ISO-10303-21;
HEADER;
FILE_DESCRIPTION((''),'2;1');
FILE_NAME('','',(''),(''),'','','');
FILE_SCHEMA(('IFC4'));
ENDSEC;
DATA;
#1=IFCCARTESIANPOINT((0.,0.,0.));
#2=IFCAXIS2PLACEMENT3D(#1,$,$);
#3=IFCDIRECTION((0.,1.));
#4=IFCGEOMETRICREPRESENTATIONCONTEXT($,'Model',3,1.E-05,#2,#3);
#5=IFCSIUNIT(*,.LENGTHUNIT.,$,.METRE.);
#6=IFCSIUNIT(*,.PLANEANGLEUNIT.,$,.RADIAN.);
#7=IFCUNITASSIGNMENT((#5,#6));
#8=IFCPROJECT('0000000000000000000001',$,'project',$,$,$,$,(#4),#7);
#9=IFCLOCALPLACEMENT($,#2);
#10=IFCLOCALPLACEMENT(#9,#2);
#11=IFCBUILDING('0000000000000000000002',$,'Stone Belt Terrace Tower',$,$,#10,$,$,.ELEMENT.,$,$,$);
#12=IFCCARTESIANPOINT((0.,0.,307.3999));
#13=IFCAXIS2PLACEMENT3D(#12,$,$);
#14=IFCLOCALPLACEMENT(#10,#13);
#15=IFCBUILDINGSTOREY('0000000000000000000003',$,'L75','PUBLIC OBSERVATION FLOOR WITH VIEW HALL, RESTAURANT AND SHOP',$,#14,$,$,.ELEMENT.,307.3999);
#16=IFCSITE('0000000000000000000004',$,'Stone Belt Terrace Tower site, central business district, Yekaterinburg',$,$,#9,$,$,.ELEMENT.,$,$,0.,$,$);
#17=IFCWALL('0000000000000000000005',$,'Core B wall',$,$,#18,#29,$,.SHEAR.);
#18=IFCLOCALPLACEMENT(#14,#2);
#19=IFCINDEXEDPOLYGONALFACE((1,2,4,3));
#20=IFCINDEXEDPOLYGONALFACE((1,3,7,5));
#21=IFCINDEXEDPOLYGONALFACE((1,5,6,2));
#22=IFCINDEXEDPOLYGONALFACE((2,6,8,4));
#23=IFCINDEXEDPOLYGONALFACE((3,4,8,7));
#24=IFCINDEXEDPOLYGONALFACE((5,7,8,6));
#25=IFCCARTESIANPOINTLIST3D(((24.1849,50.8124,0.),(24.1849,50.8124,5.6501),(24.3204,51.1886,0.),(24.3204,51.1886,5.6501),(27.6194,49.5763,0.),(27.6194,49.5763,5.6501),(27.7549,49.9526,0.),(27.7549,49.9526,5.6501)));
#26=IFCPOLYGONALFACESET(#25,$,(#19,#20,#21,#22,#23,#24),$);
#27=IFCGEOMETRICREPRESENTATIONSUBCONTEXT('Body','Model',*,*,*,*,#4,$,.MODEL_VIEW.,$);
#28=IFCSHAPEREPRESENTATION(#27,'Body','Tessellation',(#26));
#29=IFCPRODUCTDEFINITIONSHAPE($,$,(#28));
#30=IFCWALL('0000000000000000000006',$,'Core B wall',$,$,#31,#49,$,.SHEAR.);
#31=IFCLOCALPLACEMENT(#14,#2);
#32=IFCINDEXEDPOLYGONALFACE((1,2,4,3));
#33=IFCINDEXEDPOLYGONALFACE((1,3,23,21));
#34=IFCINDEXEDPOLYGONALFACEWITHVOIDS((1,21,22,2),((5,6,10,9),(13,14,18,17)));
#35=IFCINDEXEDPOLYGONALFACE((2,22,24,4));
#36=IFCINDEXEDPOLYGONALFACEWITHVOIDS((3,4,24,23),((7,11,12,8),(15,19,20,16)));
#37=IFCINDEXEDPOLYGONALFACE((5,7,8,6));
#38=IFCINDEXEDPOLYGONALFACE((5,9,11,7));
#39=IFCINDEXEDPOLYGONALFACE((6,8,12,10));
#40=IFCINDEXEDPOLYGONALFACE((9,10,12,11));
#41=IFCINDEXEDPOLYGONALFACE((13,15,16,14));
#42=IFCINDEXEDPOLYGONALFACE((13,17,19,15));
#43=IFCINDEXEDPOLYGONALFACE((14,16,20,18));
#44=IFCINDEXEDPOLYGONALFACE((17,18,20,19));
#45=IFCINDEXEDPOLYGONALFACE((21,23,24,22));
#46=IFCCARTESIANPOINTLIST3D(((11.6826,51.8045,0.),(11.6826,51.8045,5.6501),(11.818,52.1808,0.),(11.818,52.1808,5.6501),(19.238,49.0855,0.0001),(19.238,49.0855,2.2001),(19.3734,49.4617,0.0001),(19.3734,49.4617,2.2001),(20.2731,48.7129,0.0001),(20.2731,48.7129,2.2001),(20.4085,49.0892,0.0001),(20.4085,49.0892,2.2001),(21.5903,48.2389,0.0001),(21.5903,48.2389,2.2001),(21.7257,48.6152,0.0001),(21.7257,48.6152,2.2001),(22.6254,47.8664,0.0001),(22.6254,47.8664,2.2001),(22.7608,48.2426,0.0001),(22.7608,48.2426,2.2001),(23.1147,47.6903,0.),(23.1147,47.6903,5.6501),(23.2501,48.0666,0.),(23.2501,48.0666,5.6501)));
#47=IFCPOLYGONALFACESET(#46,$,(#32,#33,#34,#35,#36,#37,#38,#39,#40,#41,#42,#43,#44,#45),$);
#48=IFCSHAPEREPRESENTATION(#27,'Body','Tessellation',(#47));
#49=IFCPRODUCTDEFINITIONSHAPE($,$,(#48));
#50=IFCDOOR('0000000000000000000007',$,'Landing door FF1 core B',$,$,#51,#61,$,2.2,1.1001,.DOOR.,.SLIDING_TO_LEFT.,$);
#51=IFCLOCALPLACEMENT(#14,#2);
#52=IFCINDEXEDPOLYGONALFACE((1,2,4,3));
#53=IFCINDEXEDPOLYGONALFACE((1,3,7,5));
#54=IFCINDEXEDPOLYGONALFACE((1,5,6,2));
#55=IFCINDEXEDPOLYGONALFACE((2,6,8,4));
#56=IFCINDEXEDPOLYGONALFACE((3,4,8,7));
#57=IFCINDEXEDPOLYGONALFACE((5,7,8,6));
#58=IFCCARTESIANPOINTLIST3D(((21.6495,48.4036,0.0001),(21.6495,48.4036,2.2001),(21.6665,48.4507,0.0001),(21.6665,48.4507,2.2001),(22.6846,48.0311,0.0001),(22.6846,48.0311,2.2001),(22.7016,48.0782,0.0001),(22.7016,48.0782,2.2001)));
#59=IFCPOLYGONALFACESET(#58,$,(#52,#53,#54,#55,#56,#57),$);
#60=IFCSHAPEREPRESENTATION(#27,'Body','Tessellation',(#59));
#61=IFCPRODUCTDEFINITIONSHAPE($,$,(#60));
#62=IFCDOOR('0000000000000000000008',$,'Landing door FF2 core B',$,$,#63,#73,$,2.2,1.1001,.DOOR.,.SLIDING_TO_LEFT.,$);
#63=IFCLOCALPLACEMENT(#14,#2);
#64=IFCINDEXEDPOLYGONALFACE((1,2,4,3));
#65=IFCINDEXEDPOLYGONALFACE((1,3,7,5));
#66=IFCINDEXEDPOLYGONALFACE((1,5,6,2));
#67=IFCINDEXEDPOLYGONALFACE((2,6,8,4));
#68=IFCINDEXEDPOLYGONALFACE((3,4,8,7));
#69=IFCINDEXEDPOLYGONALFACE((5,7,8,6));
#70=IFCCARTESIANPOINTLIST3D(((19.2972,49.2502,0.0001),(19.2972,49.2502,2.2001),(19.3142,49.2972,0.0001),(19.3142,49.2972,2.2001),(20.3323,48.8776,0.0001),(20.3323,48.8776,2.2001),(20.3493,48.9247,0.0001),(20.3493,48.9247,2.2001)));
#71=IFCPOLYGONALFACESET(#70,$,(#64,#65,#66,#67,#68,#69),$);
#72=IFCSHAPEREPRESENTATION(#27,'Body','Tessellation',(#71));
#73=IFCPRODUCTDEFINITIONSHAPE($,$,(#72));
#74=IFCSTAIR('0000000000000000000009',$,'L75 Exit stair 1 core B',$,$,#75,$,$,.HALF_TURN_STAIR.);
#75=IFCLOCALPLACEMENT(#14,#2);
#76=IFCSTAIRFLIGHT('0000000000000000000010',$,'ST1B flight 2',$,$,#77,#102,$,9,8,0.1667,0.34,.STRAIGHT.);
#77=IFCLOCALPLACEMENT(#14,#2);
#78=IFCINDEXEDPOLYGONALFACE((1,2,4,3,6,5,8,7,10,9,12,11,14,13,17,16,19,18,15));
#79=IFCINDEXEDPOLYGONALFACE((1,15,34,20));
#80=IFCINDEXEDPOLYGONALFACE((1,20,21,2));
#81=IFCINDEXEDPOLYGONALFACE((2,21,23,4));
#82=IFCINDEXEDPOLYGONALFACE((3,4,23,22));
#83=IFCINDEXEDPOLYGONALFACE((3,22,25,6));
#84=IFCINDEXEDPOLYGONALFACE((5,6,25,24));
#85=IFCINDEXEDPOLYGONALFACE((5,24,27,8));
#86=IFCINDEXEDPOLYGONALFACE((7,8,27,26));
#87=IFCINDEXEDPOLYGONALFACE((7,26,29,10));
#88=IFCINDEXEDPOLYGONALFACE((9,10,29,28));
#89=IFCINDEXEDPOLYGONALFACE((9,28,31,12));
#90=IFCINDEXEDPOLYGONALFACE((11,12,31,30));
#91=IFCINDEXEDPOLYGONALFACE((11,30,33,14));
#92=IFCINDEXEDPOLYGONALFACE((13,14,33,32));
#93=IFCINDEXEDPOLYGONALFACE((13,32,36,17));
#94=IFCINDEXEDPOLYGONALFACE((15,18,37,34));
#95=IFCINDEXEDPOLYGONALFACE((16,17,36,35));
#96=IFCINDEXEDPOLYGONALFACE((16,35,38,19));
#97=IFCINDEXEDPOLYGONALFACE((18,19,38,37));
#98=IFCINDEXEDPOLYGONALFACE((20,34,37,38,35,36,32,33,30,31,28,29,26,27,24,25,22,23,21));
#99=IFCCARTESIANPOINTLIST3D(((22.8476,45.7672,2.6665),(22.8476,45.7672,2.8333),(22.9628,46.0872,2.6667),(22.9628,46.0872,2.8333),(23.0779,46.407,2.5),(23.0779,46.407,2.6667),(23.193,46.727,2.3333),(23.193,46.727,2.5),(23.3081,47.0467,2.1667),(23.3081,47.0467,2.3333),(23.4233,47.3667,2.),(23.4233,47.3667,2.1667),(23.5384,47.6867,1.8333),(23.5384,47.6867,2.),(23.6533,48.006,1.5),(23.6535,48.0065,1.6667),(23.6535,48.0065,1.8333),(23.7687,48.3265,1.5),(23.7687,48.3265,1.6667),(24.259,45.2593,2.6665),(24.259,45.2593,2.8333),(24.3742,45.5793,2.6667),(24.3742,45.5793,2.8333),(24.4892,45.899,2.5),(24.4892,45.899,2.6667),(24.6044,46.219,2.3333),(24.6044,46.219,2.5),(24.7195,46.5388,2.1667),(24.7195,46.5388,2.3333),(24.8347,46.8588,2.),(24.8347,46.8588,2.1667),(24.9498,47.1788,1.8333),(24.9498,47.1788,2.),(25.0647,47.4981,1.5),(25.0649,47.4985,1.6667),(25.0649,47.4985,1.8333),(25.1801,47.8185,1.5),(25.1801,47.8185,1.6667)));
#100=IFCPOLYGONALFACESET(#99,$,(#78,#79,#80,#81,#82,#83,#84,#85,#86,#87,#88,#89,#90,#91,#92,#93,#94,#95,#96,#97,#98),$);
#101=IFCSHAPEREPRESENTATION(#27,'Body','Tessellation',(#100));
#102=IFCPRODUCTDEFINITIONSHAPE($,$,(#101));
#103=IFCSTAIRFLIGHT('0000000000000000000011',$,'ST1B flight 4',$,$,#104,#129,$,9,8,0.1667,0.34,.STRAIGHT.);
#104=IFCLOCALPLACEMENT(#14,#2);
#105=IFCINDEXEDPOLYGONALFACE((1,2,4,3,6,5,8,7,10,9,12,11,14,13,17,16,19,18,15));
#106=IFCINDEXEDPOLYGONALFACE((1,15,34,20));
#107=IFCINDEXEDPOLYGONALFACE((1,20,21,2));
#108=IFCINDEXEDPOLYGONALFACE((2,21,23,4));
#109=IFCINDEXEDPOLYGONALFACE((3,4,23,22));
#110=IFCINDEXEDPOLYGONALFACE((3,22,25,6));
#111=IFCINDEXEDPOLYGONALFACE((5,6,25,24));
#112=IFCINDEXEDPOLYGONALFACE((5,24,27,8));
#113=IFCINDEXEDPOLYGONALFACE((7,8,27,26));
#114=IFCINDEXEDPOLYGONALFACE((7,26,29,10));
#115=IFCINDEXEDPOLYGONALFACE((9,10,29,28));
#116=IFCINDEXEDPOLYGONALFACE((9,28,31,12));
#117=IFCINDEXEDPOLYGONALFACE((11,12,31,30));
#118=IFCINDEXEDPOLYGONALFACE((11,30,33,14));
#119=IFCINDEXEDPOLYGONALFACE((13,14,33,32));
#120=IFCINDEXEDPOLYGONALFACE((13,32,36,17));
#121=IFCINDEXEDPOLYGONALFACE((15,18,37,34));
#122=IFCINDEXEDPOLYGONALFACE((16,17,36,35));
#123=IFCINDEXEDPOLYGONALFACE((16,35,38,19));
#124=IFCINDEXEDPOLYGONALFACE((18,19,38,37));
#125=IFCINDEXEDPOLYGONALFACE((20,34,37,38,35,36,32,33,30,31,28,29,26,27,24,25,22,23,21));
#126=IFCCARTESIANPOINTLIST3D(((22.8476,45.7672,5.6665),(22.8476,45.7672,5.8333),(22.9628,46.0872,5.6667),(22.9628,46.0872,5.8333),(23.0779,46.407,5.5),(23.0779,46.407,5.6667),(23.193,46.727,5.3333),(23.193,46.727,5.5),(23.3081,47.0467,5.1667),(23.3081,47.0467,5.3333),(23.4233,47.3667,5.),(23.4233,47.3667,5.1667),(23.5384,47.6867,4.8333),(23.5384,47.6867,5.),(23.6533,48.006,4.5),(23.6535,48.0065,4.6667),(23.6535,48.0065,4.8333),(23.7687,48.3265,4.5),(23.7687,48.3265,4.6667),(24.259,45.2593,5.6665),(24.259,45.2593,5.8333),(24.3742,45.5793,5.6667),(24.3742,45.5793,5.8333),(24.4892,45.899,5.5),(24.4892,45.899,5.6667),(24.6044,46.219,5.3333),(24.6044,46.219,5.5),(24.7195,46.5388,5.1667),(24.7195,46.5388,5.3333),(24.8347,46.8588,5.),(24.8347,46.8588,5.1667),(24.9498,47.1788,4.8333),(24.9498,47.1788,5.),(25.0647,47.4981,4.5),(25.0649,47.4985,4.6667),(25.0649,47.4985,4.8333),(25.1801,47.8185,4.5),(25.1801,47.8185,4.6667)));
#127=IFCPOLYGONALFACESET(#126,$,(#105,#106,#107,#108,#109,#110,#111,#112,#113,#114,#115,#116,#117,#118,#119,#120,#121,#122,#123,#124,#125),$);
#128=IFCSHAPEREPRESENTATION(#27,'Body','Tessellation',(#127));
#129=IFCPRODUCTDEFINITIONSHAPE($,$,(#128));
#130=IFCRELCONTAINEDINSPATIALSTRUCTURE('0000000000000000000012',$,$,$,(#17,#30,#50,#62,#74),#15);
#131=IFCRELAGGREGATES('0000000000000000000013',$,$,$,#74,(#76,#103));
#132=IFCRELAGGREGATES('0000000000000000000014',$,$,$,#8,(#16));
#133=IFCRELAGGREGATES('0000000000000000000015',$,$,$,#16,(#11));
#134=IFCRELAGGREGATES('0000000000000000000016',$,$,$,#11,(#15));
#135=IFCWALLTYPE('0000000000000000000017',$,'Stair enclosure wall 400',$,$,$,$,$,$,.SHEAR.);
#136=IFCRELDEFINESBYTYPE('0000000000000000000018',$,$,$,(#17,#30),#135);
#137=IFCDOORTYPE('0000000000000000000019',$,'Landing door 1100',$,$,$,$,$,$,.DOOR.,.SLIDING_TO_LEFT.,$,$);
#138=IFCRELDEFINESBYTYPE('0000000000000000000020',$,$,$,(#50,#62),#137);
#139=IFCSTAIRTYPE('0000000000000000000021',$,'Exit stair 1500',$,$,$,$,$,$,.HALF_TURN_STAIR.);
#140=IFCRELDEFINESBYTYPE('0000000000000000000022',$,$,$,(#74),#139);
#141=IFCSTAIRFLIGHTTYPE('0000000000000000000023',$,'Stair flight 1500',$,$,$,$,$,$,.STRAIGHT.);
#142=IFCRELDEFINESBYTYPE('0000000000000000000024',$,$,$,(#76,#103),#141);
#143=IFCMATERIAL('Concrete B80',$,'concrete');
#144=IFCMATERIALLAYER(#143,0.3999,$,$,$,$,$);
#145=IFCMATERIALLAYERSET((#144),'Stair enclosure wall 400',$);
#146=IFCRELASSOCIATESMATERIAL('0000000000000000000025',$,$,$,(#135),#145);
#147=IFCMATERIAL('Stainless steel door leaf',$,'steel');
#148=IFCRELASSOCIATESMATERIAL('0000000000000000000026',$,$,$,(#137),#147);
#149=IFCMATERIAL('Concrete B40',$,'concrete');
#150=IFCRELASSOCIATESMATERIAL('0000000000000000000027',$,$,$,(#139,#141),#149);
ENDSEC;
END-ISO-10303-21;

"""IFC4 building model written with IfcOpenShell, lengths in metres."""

from ifc_helpers import new_model, si_unit, direction, frame, frame_2d, origin, place, context, subcontext, project, spatial, polyline, rectangle, outline, extrude, material, layer, layer_set, type_object, element, fill, aggregate, save


model = new_model("IFC4")

# Units and contexts
model_context = context("Model", 3, precision=1e-05, world=origin(), true_north=direction((0.0, 1.0)))
body_context = subcontext(model_context, "Body", "Model", "MODEL_VIEW")
ifc_project = project(units=[si_unit("LENGTHUNIT", "METRE"), si_unit("PLANEANGLEUNIT", "RADIAN")], contexts=[model_context])

# Site, building, storey
site_placement = place(None, origin())
site = spatial("IfcSite", under=ifc_project, at=site_placement, Name="Stone Belt Terrace Tower site, central business district, Yekaterinburg", CompositionType="ELEMENT", RefElevation=0.0)
building_placement = place(site_placement, origin())
building = spatial("IfcBuilding", under=site, at=building_placement, Name="Stone Belt Terrace Tower", CompositionType="ELEMENT")
storey_placement = place(building_placement, frame((0.0, 0.0, 307.3999)))
storey = spatial("IfcBuildingStorey", under=building, at=storey_placement, Name="L75", Description="PUBLIC OBSERVATION FLOOR WITH VIEW HALL, RESTAURANT AND SHOP", CompositionType="ELEMENT", Elevation=307.3999)

# Shared definitions
ifc_material_1 = material(Name="Concrete B80", Category="concrete")

# Shared definitions
ifc_material_2 = material(Name="Stainless steel door leaf", Category="steel")

# Wall
ifc_layer_1 = layer(ifc_material_1, 0.3999)
ifc_layer_set_1 = layer_set([ifc_layer_1], Name="Stair enclosure wall 400")
wall_type_1 = type_object("IfcWallType", Name="Stair enclosure wall 400", PredefinedType="SHEAR", material=ifc_layer_set_1)
wall_1_placement = place(storey_placement, frame((27.6873, 49.7644, 0.0), z_axis=(0.0, 0.0, 1.0), x_axis=(-0.940919, 0.338632, 0.0)))
element("IfcWall", 1, at=wall_1_placement, inside=storey, type_object=wall_type_1, Name="Core B wall", PredefinedType="SHEAR", context=body_context, shape_type="SweptSolid", body=[
    extrude(rectangle(XDim=3.6501, YDim=0.3999, at=frame_2d((1.8252, 0.0))), origin(), (0.0, 0.0, 1.0), 5.6501),
])

# Wall, openings, doors
wall_2_placement = place(storey_placement, frame((23.1824, 47.8784, 0.0), z_axis=(0.0, 0.0, 1.0), x_axis=(-0.940922, 0.338624, 0.0)))
wall_2 = element("IfcWall", 2, at=wall_2_placement, inside=storey, type_object=wall_type_1, Name="Core B wall", PredefinedType="SHEAR", context=body_context, shape_type="SweptSolid", body=[
    extrude(rectangle(XDim=12.1499, YDim=0.3999, at=frame_2d((6.075, 0.0))), origin(), (0.0, 0.0, 1.0), 5.6501),
])
opening_1_placement = place(wall_2_placement, frame((0.52, 0.0, 0.0)))
opening_1 = element("IfcOpeningElement", 3, at=opening_1_placement, cuts=wall_2, PredefinedType="OPENING", context=body_context, shape_type="SweptSolid", body=[
    extrude(rectangle(XDim=1.1001, YDim=2.2, at=frame_2d((0.55, 1.1001))), frame((0.0, 0.21, 0.0), z_axis=(0.0, -1.0, 0.0), x_axis=(1.0, 0.0, 0.0)), (0.0, 0.0, 1.0), 0.4199),
])
opening_2_placement = place(wall_2_placement, frame((3.02, 0.0, 0.0)))
opening_2 = element("IfcOpeningElement", 4, at=opening_2_placement, cuts=wall_2, PredefinedType="OPENING", context=body_context, shape_type="SweptSolid", body=[
    extrude(rectangle(XDim=1.1001, YDim=2.2, at=frame_2d((0.55, 1.1001))), frame((0.0, 0.21, 0.0), z_axis=(0.0, -1.0, 0.0), x_axis=(1.0, 0.0, 0.0)), (0.0, 0.0, 1.0), 0.4199),
])
door_type_1 = type_object("IfcDoorType", Name="Landing door 1100", OperationType="SLIDING_TO_LEFT", PredefinedType="DOOR", material=ifc_material_2)
door_1_placement = place(opening_1_placement, origin())
door_1 = element("IfcDoor", 5, at=door_1_placement, inside=storey, type_object=door_type_1, Name="Landing door FF1 core B", OperationType="SLIDING_TO_LEFT", OverallHeight=2.2, OverallWidth=1.1001, PredefinedType="DOOR", context=body_context, shape_type="SweptSolid", body=[
    extrude(rectangle(XDim=1.1001, YDim=2.2, at=frame_2d((0.55, 1.1001))), frame((0.0, 0.0249, 0.0), z_axis=(0.0, -1.0, 0.0), x_axis=(1.0, 0.0, 0.0)), (0.0, 0.0, 1.0), 0.05),
])
fill(opening_1, door_1)
door_2_placement = place(opening_2_placement, origin())
door_2 = element("IfcDoor", 6, at=door_2_placement, inside=storey, type_object=door_type_1, Name="Landing door FF2 core B", OperationType="SLIDING_TO_LEFT", OverallHeight=2.2, OverallWidth=1.1001, PredefinedType="DOOR", context=body_context, shape_type="SweptSolid", body=[
    extrude(rectangle(XDim=1.1001, YDim=2.2, at=frame_2d((0.55, 1.1001))), frame((0.0, 0.0249, 0.0), z_axis=(0.0, -1.0, 0.0), x_axis=(1.0, 0.0, 0.0)), (0.0, 0.0, 1.0), 0.05),
])
fill(opening_2, door_2)

# Stair, stair flights
ifc_material_3 = material(Name="Concrete B40", Category="concrete")
stair_type = type_object("IfcStairType", Name="Exit stair 1500", PredefinedType="HALF_TURN_STAIR", material=ifc_material_3)
stair_placement = place(storey_placement, origin())
stair = element("IfcStair", 7, at=stair_placement, inside=storey, type_object=stair_type, Name="L75 Exit stair 1 core B", PredefinedType="HALF_TURN_STAIR")
stair_flight_type = type_object("IfcStairFlightType", Name="Stair flight 1500", PredefinedType="STRAIGHT", material=ifc_material_3)
stair_flight_1_placement = place(storey_placement, frame((24.4744, 48.0725, 1.5), z_axis=(0.0, 0.0, 1.0), x_axis=(-0.338624, -0.940922, 0.0)))
stair_flight_1 = element("IfcStairFlight", 8, at=stair_flight_1_placement, type_object=stair_flight_type, Name="ST1B flight 2", NumberOfRisers=9, NumberOfTreads=8, PredefinedType="STRAIGHT", RiserHeight=0.1667, TreadLength=0.34, context=body_context, shape_type="SweptSolid", body=[
    extrude(outline(polyline([(0.0, 0.0), (0.0, 0.1667), (0.3401, 0.1667), (0.3401, 0.3333), (0.6799, 0.3333), (0.6799, 0.5), (1.02, 0.5), (1.02, 0.6667), (1.3601, 0.6667), (1.3601, 0.8333), (1.7, 0.8333), (1.7, 1.0), (2.04, 1.0), (2.04, 1.1667), (2.3799, 1.1667), (2.3799, 1.3333), (2.72, 1.3333), (2.72, 1.5), (2.72, 1.1665), (0.3406, 0.0), (0.0, 0.0)])), frame((0.0, 0.75, 0.0), z_axis=(0.0, -1.0, 0.0), x_axis=(1.0, 0.0, 0.0)), (0.0, 0.0, 1.0), 1.5),
])
stair_flight_2_placement = place(storey_placement, frame((24.4744, 48.0725, 4.5), z_axis=(0.0, 0.0, 1.0), x_axis=(-0.338624, -0.940922, 0.0)))
stair_flight_2 = element("IfcStairFlight", 9, at=stair_flight_2_placement, type_object=stair_flight_type, Name="ST1B flight 4", NumberOfRisers=9, NumberOfTreads=8, PredefinedType="STRAIGHT", RiserHeight=0.1667, TreadLength=0.34, context=body_context, shape_type="SweptSolid", body=[
    extrude(outline(polyline([(0.0, 0.0), (0.0, 0.1667), (0.3401, 0.1667), (0.3401, 0.3333), (0.6799, 0.3333), (0.6799, 0.5), (1.02, 0.5), (1.02, 0.6667), (1.3601, 0.6667), (1.3601, 0.8333), (1.7, 0.8333), (1.7, 1.0), (2.04, 1.0), (2.04, 1.1667), (2.3799, 1.1667), (2.3799, 1.3333), (2.72, 1.3333), (2.72, 1.5), (2.72, 1.1665), (0.3406, 0.0), (0.0, 0.0)])), frame((0.0, 0.75, 0.0), z_axis=(0.0, -1.0, 0.0), x_axis=(1.0, 0.0, 0.0)), (0.0, 0.0, 1.0), 1.5),
])
aggregate(stair, [stair_flight_1, stair_flight_2])

save(model, "model.ifc")
